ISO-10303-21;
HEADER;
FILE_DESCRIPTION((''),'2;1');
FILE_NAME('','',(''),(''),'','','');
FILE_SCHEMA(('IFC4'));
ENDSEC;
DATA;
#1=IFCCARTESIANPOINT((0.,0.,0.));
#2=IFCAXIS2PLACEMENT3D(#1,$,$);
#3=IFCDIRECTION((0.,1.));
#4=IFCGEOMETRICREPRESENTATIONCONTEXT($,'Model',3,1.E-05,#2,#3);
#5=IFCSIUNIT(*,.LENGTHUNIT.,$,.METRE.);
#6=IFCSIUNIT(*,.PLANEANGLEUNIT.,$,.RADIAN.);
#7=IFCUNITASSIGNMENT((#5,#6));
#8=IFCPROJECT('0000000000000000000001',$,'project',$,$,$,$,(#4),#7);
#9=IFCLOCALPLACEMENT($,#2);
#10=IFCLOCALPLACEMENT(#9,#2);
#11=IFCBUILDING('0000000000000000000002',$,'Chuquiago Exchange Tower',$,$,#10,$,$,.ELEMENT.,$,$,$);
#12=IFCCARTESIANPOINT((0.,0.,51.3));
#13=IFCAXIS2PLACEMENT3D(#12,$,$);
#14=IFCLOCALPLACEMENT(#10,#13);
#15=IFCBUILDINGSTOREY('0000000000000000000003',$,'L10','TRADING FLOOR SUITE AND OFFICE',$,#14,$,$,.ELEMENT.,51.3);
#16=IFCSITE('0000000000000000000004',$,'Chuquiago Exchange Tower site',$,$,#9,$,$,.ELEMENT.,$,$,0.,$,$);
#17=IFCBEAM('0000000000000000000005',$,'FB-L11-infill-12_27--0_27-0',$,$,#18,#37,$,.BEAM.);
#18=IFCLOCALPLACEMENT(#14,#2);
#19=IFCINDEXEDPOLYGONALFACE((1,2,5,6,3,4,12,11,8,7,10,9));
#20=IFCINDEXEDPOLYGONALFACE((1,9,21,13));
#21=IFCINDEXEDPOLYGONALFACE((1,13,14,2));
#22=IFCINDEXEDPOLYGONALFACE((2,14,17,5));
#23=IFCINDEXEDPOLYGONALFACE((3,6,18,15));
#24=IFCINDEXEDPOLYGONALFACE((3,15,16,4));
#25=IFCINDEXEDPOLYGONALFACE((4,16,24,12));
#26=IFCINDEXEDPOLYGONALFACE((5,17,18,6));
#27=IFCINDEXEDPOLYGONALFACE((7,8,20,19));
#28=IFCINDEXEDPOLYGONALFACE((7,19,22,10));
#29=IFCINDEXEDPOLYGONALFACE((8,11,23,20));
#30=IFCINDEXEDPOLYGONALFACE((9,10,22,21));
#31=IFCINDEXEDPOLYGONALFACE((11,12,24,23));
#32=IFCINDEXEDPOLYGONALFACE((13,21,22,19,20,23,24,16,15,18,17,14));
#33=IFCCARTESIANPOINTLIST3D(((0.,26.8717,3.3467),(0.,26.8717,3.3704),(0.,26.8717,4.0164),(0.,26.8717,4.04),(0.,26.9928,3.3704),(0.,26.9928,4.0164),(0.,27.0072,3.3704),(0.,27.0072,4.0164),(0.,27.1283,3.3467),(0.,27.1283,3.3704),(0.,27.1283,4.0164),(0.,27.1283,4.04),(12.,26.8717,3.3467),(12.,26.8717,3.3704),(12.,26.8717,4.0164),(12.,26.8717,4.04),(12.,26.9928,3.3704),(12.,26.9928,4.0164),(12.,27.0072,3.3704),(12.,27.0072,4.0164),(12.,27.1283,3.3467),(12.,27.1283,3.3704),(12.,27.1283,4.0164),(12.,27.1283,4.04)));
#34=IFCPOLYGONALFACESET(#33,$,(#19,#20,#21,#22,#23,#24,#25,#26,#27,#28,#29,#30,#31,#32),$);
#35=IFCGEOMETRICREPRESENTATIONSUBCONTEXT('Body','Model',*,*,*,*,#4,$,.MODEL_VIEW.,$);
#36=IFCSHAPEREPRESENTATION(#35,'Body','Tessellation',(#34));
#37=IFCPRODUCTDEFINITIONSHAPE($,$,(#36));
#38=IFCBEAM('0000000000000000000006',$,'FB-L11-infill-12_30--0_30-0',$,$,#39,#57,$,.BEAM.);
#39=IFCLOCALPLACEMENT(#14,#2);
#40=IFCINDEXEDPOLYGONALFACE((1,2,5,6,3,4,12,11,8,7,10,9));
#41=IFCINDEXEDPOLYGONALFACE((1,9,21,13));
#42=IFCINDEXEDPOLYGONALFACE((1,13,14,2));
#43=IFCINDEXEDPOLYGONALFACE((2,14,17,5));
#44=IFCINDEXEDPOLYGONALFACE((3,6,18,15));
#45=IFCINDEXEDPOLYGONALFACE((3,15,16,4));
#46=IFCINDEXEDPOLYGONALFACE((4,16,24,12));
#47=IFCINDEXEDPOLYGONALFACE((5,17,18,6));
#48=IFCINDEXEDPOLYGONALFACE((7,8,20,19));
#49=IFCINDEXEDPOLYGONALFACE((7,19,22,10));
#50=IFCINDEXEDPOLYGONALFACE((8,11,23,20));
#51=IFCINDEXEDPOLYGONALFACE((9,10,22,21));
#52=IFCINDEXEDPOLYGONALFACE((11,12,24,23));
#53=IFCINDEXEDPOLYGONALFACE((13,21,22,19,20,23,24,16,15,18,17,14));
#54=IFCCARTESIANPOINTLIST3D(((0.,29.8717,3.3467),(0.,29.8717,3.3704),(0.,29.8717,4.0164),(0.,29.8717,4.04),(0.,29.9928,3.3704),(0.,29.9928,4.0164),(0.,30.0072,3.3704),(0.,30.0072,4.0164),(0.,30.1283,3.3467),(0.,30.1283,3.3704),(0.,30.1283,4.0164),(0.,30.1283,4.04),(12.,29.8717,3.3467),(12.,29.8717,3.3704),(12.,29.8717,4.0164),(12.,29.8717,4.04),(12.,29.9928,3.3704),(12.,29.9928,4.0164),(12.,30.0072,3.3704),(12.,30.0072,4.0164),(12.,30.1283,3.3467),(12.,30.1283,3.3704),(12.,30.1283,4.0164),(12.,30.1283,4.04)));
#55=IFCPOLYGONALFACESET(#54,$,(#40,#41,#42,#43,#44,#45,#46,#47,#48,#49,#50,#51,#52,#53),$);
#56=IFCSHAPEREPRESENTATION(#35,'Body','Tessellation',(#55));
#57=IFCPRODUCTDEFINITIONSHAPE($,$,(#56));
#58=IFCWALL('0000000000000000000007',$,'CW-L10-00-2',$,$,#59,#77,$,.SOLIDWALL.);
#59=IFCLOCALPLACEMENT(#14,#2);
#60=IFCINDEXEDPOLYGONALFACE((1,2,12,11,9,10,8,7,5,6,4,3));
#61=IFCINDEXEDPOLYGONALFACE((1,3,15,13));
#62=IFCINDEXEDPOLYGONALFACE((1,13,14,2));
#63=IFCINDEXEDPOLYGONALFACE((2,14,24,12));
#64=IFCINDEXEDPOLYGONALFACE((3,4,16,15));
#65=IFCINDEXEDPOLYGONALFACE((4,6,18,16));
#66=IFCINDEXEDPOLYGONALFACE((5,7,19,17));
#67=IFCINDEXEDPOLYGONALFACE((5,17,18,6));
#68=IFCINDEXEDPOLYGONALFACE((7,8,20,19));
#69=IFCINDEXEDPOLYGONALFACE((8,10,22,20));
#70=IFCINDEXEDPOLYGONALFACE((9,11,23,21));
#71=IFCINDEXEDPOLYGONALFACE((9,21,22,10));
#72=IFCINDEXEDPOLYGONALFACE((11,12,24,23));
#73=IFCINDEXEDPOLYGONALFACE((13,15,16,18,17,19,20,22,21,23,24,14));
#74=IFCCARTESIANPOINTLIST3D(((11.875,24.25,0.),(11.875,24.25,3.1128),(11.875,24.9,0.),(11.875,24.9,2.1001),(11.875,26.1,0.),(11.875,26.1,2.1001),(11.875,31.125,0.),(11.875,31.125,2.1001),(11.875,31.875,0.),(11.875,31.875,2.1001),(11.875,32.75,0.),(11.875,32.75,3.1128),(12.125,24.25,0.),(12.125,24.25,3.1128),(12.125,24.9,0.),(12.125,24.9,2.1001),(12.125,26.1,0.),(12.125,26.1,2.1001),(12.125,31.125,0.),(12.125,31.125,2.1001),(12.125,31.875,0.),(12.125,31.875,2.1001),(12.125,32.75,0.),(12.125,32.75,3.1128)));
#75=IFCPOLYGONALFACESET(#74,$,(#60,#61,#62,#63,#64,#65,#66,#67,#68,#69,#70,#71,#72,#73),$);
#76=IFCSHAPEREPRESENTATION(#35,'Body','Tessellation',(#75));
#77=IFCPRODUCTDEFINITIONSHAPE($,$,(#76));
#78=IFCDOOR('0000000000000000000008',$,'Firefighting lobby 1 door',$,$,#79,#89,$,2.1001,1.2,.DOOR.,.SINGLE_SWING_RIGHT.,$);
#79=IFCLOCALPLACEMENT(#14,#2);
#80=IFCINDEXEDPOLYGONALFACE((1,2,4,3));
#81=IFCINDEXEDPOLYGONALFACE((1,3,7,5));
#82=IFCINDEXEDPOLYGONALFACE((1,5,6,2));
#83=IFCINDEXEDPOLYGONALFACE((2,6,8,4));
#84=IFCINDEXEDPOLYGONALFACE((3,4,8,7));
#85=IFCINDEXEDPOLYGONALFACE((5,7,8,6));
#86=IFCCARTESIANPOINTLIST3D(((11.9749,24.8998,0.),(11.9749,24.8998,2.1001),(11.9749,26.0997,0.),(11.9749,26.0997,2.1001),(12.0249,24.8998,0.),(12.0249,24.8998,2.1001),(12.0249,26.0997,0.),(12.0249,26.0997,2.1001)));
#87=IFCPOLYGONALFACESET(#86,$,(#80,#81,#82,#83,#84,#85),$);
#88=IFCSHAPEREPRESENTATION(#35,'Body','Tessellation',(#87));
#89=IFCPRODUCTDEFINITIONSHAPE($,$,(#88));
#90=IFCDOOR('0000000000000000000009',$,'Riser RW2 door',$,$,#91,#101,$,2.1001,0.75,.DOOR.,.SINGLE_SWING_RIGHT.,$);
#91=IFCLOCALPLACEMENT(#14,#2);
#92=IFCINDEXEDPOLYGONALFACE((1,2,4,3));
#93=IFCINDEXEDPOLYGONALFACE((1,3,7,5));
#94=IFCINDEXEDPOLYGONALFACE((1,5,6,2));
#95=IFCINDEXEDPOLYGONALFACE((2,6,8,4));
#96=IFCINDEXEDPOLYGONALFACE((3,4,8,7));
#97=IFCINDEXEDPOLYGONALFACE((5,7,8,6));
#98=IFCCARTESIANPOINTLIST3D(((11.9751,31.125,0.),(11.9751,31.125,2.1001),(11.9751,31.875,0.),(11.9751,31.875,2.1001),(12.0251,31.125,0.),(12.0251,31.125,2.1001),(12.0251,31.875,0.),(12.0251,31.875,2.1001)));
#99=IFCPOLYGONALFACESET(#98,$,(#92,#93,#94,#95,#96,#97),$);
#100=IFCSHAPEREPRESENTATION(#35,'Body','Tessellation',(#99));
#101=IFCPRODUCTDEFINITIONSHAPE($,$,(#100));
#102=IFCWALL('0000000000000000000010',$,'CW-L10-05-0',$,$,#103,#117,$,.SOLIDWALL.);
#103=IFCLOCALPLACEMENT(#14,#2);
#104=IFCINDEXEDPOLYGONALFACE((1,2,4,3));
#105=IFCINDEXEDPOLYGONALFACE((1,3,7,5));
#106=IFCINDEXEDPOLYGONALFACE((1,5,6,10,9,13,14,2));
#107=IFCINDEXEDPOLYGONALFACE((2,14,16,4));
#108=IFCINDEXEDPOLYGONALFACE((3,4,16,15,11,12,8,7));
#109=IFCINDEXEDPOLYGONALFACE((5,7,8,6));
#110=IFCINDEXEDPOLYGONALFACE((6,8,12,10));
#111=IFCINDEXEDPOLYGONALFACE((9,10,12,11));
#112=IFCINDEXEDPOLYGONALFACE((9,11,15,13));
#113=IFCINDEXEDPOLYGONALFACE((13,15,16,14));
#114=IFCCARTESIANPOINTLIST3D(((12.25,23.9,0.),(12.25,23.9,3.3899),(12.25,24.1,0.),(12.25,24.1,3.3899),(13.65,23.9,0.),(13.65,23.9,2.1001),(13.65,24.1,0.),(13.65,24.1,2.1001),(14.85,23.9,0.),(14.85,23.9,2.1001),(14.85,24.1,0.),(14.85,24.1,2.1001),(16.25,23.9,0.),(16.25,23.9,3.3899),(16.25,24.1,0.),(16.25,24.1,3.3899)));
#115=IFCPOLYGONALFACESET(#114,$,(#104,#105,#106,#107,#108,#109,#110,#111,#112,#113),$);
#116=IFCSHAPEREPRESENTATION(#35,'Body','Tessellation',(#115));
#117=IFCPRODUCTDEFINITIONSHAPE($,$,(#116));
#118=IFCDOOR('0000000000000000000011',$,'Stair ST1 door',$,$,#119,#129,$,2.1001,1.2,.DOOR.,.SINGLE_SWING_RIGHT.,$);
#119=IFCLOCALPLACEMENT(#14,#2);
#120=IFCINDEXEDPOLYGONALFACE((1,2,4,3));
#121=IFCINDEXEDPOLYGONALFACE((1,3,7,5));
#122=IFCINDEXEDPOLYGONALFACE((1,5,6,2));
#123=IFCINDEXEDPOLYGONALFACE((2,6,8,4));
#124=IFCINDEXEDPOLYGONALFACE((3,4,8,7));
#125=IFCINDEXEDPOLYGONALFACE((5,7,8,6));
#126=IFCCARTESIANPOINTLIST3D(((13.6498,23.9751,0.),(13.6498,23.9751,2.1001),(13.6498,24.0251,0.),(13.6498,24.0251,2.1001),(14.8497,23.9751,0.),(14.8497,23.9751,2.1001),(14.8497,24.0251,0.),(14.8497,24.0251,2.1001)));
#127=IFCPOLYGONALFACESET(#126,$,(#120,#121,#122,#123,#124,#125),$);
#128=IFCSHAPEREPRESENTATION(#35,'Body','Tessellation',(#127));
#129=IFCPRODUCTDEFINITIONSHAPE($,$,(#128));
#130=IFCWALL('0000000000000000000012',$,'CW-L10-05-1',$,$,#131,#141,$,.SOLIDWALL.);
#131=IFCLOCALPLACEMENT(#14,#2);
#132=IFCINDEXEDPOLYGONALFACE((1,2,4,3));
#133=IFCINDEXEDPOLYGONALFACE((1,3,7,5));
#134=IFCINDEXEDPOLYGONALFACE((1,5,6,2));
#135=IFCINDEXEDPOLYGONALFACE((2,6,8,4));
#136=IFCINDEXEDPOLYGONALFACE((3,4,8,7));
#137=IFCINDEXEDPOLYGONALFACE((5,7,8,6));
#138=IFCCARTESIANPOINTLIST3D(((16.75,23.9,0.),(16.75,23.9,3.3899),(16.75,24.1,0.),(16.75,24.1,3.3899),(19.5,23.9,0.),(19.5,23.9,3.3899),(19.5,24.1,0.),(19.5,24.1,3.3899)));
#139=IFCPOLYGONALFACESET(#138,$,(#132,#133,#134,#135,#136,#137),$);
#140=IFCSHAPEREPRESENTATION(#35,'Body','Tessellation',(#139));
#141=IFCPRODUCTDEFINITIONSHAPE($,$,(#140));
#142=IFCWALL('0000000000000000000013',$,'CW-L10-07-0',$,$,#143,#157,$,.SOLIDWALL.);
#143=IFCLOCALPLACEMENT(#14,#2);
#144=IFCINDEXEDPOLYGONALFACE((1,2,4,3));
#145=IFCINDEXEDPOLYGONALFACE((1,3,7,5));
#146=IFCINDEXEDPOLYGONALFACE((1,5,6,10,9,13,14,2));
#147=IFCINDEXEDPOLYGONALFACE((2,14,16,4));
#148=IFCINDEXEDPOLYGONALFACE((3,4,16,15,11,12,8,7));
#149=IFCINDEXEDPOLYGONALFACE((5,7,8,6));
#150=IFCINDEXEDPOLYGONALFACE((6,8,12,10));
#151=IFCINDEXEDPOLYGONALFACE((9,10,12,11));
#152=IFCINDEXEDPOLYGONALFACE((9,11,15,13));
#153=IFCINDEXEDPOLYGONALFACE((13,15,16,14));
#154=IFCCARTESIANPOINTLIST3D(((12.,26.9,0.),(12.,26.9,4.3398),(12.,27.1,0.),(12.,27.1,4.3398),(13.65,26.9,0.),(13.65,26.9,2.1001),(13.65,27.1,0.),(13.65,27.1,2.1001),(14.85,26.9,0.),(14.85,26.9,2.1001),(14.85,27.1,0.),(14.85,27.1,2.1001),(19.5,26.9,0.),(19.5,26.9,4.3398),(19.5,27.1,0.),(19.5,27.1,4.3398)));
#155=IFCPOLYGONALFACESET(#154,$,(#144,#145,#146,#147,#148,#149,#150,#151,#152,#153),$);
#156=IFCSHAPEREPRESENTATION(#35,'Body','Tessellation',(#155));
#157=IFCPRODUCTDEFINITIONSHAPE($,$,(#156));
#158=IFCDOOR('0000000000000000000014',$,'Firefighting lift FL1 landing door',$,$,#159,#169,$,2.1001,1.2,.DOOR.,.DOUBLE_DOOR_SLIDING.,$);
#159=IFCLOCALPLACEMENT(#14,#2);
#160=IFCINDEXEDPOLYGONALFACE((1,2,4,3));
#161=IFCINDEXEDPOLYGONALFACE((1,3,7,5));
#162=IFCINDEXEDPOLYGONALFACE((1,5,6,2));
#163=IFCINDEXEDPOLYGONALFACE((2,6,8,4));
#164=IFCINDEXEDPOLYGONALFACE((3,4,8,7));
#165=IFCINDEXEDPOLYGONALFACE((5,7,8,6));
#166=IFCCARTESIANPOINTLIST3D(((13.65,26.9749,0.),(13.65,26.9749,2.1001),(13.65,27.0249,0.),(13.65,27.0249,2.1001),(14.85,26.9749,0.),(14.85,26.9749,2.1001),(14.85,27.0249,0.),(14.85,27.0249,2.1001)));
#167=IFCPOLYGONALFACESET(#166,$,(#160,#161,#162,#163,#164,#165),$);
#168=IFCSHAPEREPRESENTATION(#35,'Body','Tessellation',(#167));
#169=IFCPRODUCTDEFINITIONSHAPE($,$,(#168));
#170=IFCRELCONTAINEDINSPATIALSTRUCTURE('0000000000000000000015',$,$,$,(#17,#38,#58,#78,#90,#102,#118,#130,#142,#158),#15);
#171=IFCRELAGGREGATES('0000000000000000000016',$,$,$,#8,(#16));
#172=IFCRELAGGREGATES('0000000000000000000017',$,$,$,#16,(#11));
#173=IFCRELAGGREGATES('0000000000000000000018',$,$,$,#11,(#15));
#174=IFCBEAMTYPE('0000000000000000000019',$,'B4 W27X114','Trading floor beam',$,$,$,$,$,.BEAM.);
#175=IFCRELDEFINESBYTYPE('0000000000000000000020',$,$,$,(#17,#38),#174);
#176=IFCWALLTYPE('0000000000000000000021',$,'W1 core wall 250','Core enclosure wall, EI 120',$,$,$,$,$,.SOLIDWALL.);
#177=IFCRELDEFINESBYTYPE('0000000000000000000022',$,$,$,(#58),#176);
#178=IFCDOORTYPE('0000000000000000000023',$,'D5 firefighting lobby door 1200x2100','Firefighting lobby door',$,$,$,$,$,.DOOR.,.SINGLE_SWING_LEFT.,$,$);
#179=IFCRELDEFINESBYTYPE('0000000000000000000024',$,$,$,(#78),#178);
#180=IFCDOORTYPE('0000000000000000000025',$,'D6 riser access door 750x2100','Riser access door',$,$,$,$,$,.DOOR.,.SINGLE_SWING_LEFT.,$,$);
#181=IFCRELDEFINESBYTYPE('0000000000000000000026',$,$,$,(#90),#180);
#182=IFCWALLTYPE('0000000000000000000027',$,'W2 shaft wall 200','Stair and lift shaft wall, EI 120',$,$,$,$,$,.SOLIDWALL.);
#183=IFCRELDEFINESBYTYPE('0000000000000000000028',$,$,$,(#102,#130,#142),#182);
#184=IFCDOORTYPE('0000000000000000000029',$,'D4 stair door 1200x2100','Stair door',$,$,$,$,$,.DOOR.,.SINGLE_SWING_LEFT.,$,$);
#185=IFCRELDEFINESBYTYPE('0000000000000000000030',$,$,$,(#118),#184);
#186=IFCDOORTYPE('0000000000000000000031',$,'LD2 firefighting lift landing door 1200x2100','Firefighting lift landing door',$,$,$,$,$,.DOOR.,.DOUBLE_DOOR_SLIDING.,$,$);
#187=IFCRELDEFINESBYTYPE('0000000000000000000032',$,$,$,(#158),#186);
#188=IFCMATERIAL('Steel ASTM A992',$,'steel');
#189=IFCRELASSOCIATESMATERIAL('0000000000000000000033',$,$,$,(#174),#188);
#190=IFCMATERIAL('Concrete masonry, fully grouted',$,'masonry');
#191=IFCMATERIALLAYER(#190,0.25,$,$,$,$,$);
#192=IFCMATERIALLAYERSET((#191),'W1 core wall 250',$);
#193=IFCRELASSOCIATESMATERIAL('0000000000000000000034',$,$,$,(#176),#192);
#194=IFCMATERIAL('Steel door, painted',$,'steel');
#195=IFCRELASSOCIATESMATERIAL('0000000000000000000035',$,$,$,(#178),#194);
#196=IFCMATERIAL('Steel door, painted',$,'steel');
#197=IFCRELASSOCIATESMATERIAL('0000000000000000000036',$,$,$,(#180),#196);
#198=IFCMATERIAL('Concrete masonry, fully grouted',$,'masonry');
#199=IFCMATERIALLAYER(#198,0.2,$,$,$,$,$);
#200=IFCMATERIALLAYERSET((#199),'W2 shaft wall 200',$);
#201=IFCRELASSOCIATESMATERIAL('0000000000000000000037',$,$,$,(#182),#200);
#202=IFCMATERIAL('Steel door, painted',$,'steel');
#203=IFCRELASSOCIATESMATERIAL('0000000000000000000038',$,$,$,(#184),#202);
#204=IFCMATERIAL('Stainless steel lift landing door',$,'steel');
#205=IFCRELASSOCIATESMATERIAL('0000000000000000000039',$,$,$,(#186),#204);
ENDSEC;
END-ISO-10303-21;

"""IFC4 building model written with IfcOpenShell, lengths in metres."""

from ifc_helpers import new_model, si_unit, direction, frame, frame_2d, origin, origin_2d, place, context, subcontext, project, spatial, rectangle, i_section, extrude, material, layer, layer_set, material_profile, profile_set, type_object, element, fill, save


model = new_model("IFC4")

# Units and contexts
model_context = context("Model", 3, precision=1e-05, world=origin(), true_north=direction((0.0, 1.0)))
body_context = subcontext(model_context, "Body", "Model", "MODEL_VIEW")
ifc_project = project(units=[si_unit("LENGTHUNIT", "METRE"), si_unit("PLANEANGLEUNIT", "RADIAN")], contexts=[model_context])

# Site, building, storey
site_placement = place(None, origin())
site = spatial("IfcSite", under=ifc_project, at=site_placement, Name="Chuquiago Exchange Tower site", CompositionType="ELEMENT", RefElevation=0.0)
building_placement = place(site_placement, origin())
building = spatial("IfcBuilding", under=site, at=building_placement, Name="Chuquiago Exchange Tower", CompositionType="ELEMENT")
storey_placement = place(building_placement, frame((0.0, 0.0, 51.3)))
storey = spatial("IfcBuildingStorey", under=building, at=storey_placement, Name="L10", Description="TRADING FLOOR SUITE AND OFFICE", CompositionType="ELEMENT", Elevation=51.3)

# Beams
ifc_material_1 = material(Name="Steel ASTM A992", Category="steel")
ifc_material_profile_1 = material_profile(ifc_material_1, i_section(OverallWidth=0.2566, OverallDepth=0.6934, WebThickness=0.0144, FlangeThickness=0.0237, at=origin_2d()), Name="W27X114")
ifc_profile_set_1 = profile_set([ifc_material_profile_1], Name="Steel ASTM A992")
beam_type_1 = type_object("IfcBeamType", Name="B4 W27X114", Description="Trading floor beam", PredefinedType="BEAM", material=ifc_profile_set_1)
for number, where, z_axis, x_axis, name in (
    (1, (12.0, 27.0, 3.6934), (-1.0, 0.0, 0.0), (0.0, -1.0, 0.0), "FB-L11-infill-12_27--0_27-0"),
    (2, (12.0, 30.0, 3.6934), (-1.0, 0.0, 0.0), (0.0, -1.0, 0.0), "FB-L11-infill-12_30--0_30-0"),
):
    element("IfcBeam", number, at=place(storey_placement, frame(where, z_axis=z_axis, x_axis=x_axis)), inside=storey, type_object=beam_type_1, Name=name, PredefinedType="BEAM", context=body_context, shape_type="SweptSolid", body=[
        extrude(i_section(OverallWidth=0.2566, OverallDepth=0.6934, WebThickness=0.0144, FlangeThickness=0.0237, at=origin_2d()), origin(), (0.0, 0.0, 1.0), 12.0),
    ])

# Wall, openings, doors
ifc_material_2 = material(Name="Concrete masonry, fully grouted", Category="masonry")
ifc_layer_1 = layer(ifc_material_2, 0.25)
ifc_layer_set_1 = layer_set([ifc_layer_1], Name="W1 core wall 250")
wall_type_1 = type_object("IfcWallType", Name="W1 core wall 250", Description="Core enclosure wall, EI 120", PredefinedType="SOLIDWALL", material=ifc_layer_set_1)
wall_1_placement = place(storey_placement, frame((12.0, 24.25, 0.0), z_axis=(0.0, 0.0, 1.0), x_axis=(0.0, 1.0, 0.0)))
wall_1 = element("IfcWall", 3, at=wall_1_placement, inside=storey, type_object=wall_type_1, Name="CW-L10-00-2", PredefinedType="SOLIDWALL", context=body_context, shape_type="SweptSolid", body=[
    extrude(rectangle(XDim=8.5, YDim=0.25, at=frame_2d((4.25, 0.0))), origin(), (0.0, 0.0, 1.0), 3.1128),
])
opening_1_placement = place(wall_1_placement, frame((0.6499, 0.0, 0.0)))
opening_1 = element("IfcOpeningElement", 4, at=opening_1_placement, cuts=wall_1, PredefinedType="OPENING", context=body_context, shape_type="SweptSolid", body=[
    extrude(rectangle(XDim=1.2, YDim=2.1001, at=frame_2d((0.6001, 1.05))), frame((0.0, 0.135, 0.0), z_axis=(0.0, -1.0, 0.0), x_axis=(1.0, 0.0, 0.0)), (0.0, 0.0, 1.0), 0.27),
])
opening_2_placement = place(wall_1_placement, frame((6.875, 0.0, 0.0)))
opening_2 = element("IfcOpeningElement", 5, at=opening_2_placement, cuts=wall_1, PredefinedType="OPENING", context=body_context, shape_type="SweptSolid", body=[
    extrude(rectangle(XDim=0.75, YDim=2.1001, at=frame_2d((0.375, 1.05))), frame((0.0, 0.135, 0.0), z_axis=(0.0, -1.0, 0.0), x_axis=(1.0, 0.0, 0.0)), (0.0, 0.0, 1.0), 0.27),
])
ifc_material_3 = material(Name="Steel door, painted", Category="steel")
door_type_1 = type_object("IfcDoorType", Name="D5 firefighting lobby door 1200x2100", Description="Firefighting lobby door", OperationType="SINGLE_SWING_LEFT", PredefinedType="DOOR", material=ifc_material_3)
door_1_placement = place(opening_1_placement, frame((1.2, 0.0, 0.0), z_axis=(0.0, 0.0, 1.0), x_axis=(-1.0, 0.0, 0.0)))
door_1 = element("IfcDoor", 6, at=door_1_placement, inside=storey, type_object=door_type_1, Name="Firefighting lobby 1 door", OperationType="SINGLE_SWING_RIGHT", OverallHeight=2.1001, OverallWidth=1.2, PredefinedType="DOOR", context=body_context, shape_type="SweptSolid", body=[
    extrude(rectangle(XDim=1.2, YDim=2.1001, at=frame_2d((0.6001, 1.05))), frame((0.0, 0.0249, 0.0), z_axis=(0.0, -1.0, 0.0), x_axis=(1.0, 0.0, 0.0)), (0.0, 0.0, 1.0), 0.05),
])
fill(opening_1, door_1)
ifc_material_4 = material(Name="Steel door, painted", Category="steel")
door_type_2 = type_object("IfcDoorType", Name="D6 riser access door 750x2100", Description="Riser access door", OperationType="SINGLE_SWING_LEFT", PredefinedType="DOOR", material=ifc_material_4)
door_2_placement = place(opening_2_placement, origin())
door_2 = element("IfcDoor", 7, at=door_2_placement, inside=storey, type_object=door_type_2, Name="Riser RW2 door", OperationType="SINGLE_SWING_RIGHT", OverallHeight=2.1001, OverallWidth=0.75, PredefinedType="DOOR", context=body_context, shape_type="SweptSolid", body=[
    extrude(rectangle(XDim=0.75, YDim=2.1001, at=frame_2d((0.375, 1.05))), frame((0.0, 0.0249, 0.0), z_axis=(0.0, -1.0, 0.0), x_axis=(1.0, 0.0, 0.0)), (0.0, 0.0, 1.0), 0.05),
])
fill(opening_2, door_2)

# Wall, opening, door
ifc_material_5 = material(Name="Concrete masonry, fully grouted", Category="masonry")
ifc_layer_2 = layer(ifc_material_5, 0.2)
ifc_layer_set_2 = layer_set([ifc_layer_2], Name="W2 shaft wall 200")
wall_type_2 = type_object("IfcWallType", Name="W2 shaft wall 200", Description="Stair and lift shaft wall, EI 120", PredefinedType="SOLIDWALL", material=ifc_layer_set_2)
wall_2_placement = place(storey_placement, frame((12.25, 24.0, 0.0), z_axis=(0.0, 0.0, 1.0), x_axis=(1.0, 0.0, 0.0)))
wall_2 = element("IfcWall", 8, at=wall_2_placement, inside=storey, type_object=wall_type_2, Name="CW-L10-05-0", PredefinedType="SOLIDWALL", context=body_context, shape_type="SweptSolid", body=[
    extrude(rectangle(XDim=4.0, YDim=0.2, at=frame_2d((2.0, 0.0))), origin(), (0.0, 0.0, 1.0), 3.3899),
])
opening_3_placement = place(wall_2_placement, frame((1.3999, 0.0, 0.0)))
opening_3 = element("IfcOpeningElement", 9, at=opening_3_placement, cuts=wall_2, PredefinedType="OPENING", context=body_context, shape_type="SweptSolid", body=[
    extrude(rectangle(XDim=1.2, YDim=2.1001, at=frame_2d((0.6001, 1.05))), frame((0.0, 0.1099, 0.0), z_axis=(0.0, -1.0, 0.0), x_axis=(1.0, 0.0, 0.0)), (0.0, 0.0, 1.0), 0.22),
])
ifc_material_6 = material(Name="Steel door, painted", Category="steel")
door_type_3 = type_object("IfcDoorType", Name="D4 stair door 1200x2100", Description="Stair door", OperationType="SINGLE_SWING_LEFT", PredefinedType="DOOR", material=ifc_material_6)
door_3_placement = place(opening_3_placement, frame((1.2, 0.0, 0.0), z_axis=(0.0, 0.0, 1.0), x_axis=(-1.0, 0.0, 0.0)))
door_3 = element("IfcDoor", 10, at=door_3_placement, inside=storey, type_object=door_type_3, Name="Stair ST1 door", OperationType="SINGLE_SWING_RIGHT", OverallHeight=2.1001, OverallWidth=1.2, PredefinedType="DOOR", context=body_context, shape_type="SweptSolid", body=[
    extrude(rectangle(XDim=1.2, YDim=2.1001, at=frame_2d((0.6001, 1.05))), frame((0.0, 0.0249, 0.0), z_axis=(0.0, -1.0, 0.0), x_axis=(1.0, 0.0, 0.0)), (0.0, 0.0, 1.0), 0.05),
])
fill(opening_3, door_3)

# Wall
wall_3_placement = place(storey_placement, frame((16.75, 24.0, 0.0), z_axis=(0.0, 0.0, 1.0), x_axis=(1.0, 0.0, 0.0)))
element("IfcWall", 11, at=wall_3_placement, inside=storey, type_object=wall_type_2, Name="CW-L10-05-1", PredefinedType="SOLIDWALL", context=body_context, shape_type="SweptSolid", body=[
    extrude(rectangle(XDim=2.75, YDim=0.2, at=frame_2d((1.375, 0.0))), origin(), (0.0, 0.0, 1.0), 3.3899),
])

# Wall, opening, door
wall_4_placement = place(storey_placement, frame((12.0, 27.0, 0.0), z_axis=(0.0, 0.0, 1.0), x_axis=(1.0, 0.0, 0.0)))
wall_4 = element("IfcWall", 12, at=wall_4_placement, inside=storey, type_object=wall_type_2, Name="CW-L10-07-0", PredefinedType="SOLIDWALL", context=body_context, shape_type="SweptSolid", body=[
    extrude(rectangle(XDim=7.5, YDim=0.2, at=frame_2d((3.75, 0.0))), origin(), (0.0, 0.0, 1.0), 4.3398),
])
opening_4_placement = place(wall_4_placement, frame((1.6499, 0.0, 0.0)))
opening_4 = element("IfcOpeningElement", 13, at=opening_4_placement, cuts=wall_4, PredefinedType="OPENING", context=body_context, shape_type="SweptSolid", body=[
    extrude(rectangle(XDim=1.2, YDim=2.1001, at=frame_2d((0.6001, 1.05))), frame((0.0, 0.1099, 0.0), z_axis=(0.0, -1.0, 0.0), x_axis=(1.0, 0.0, 0.0)), (0.0, 0.0, 1.0), 0.22),
])
ifc_material_7 = material(Name="Stainless steel lift landing door", Category="steel")
door_type_4 = type_object("IfcDoorType", Name="LD2 firefighting lift landing door 1200x2100", Description="Firefighting lift landing door", OperationType="DOUBLE_DOOR_SLIDING", PredefinedType="DOOR", material=ifc_material_7)
door_4_placement = place(opening_4_placement, origin())
door_4 = element("IfcDoor", 14, at=door_4_placement, inside=storey, type_object=door_type_4, Name="Firefighting lift FL1 landing door", OperationType="DOUBLE_DOOR_SLIDING", OverallHeight=2.1001, OverallWidth=1.2, PredefinedType="DOOR", context=body_context, shape_type="SweptSolid", body=[
    extrude(rectangle(XDim=1.2, YDim=2.1001, at=frame_2d((0.6001, 1.05))), frame((0.0, 0.0249, 0.0), z_axis=(0.0, -1.0, 0.0), x_axis=(1.0, 0.0, 0.0)), (0.0, 0.0, 1.0), 0.05),
])
fill(opening_4, door_4)

save(model, "model.ifc")
